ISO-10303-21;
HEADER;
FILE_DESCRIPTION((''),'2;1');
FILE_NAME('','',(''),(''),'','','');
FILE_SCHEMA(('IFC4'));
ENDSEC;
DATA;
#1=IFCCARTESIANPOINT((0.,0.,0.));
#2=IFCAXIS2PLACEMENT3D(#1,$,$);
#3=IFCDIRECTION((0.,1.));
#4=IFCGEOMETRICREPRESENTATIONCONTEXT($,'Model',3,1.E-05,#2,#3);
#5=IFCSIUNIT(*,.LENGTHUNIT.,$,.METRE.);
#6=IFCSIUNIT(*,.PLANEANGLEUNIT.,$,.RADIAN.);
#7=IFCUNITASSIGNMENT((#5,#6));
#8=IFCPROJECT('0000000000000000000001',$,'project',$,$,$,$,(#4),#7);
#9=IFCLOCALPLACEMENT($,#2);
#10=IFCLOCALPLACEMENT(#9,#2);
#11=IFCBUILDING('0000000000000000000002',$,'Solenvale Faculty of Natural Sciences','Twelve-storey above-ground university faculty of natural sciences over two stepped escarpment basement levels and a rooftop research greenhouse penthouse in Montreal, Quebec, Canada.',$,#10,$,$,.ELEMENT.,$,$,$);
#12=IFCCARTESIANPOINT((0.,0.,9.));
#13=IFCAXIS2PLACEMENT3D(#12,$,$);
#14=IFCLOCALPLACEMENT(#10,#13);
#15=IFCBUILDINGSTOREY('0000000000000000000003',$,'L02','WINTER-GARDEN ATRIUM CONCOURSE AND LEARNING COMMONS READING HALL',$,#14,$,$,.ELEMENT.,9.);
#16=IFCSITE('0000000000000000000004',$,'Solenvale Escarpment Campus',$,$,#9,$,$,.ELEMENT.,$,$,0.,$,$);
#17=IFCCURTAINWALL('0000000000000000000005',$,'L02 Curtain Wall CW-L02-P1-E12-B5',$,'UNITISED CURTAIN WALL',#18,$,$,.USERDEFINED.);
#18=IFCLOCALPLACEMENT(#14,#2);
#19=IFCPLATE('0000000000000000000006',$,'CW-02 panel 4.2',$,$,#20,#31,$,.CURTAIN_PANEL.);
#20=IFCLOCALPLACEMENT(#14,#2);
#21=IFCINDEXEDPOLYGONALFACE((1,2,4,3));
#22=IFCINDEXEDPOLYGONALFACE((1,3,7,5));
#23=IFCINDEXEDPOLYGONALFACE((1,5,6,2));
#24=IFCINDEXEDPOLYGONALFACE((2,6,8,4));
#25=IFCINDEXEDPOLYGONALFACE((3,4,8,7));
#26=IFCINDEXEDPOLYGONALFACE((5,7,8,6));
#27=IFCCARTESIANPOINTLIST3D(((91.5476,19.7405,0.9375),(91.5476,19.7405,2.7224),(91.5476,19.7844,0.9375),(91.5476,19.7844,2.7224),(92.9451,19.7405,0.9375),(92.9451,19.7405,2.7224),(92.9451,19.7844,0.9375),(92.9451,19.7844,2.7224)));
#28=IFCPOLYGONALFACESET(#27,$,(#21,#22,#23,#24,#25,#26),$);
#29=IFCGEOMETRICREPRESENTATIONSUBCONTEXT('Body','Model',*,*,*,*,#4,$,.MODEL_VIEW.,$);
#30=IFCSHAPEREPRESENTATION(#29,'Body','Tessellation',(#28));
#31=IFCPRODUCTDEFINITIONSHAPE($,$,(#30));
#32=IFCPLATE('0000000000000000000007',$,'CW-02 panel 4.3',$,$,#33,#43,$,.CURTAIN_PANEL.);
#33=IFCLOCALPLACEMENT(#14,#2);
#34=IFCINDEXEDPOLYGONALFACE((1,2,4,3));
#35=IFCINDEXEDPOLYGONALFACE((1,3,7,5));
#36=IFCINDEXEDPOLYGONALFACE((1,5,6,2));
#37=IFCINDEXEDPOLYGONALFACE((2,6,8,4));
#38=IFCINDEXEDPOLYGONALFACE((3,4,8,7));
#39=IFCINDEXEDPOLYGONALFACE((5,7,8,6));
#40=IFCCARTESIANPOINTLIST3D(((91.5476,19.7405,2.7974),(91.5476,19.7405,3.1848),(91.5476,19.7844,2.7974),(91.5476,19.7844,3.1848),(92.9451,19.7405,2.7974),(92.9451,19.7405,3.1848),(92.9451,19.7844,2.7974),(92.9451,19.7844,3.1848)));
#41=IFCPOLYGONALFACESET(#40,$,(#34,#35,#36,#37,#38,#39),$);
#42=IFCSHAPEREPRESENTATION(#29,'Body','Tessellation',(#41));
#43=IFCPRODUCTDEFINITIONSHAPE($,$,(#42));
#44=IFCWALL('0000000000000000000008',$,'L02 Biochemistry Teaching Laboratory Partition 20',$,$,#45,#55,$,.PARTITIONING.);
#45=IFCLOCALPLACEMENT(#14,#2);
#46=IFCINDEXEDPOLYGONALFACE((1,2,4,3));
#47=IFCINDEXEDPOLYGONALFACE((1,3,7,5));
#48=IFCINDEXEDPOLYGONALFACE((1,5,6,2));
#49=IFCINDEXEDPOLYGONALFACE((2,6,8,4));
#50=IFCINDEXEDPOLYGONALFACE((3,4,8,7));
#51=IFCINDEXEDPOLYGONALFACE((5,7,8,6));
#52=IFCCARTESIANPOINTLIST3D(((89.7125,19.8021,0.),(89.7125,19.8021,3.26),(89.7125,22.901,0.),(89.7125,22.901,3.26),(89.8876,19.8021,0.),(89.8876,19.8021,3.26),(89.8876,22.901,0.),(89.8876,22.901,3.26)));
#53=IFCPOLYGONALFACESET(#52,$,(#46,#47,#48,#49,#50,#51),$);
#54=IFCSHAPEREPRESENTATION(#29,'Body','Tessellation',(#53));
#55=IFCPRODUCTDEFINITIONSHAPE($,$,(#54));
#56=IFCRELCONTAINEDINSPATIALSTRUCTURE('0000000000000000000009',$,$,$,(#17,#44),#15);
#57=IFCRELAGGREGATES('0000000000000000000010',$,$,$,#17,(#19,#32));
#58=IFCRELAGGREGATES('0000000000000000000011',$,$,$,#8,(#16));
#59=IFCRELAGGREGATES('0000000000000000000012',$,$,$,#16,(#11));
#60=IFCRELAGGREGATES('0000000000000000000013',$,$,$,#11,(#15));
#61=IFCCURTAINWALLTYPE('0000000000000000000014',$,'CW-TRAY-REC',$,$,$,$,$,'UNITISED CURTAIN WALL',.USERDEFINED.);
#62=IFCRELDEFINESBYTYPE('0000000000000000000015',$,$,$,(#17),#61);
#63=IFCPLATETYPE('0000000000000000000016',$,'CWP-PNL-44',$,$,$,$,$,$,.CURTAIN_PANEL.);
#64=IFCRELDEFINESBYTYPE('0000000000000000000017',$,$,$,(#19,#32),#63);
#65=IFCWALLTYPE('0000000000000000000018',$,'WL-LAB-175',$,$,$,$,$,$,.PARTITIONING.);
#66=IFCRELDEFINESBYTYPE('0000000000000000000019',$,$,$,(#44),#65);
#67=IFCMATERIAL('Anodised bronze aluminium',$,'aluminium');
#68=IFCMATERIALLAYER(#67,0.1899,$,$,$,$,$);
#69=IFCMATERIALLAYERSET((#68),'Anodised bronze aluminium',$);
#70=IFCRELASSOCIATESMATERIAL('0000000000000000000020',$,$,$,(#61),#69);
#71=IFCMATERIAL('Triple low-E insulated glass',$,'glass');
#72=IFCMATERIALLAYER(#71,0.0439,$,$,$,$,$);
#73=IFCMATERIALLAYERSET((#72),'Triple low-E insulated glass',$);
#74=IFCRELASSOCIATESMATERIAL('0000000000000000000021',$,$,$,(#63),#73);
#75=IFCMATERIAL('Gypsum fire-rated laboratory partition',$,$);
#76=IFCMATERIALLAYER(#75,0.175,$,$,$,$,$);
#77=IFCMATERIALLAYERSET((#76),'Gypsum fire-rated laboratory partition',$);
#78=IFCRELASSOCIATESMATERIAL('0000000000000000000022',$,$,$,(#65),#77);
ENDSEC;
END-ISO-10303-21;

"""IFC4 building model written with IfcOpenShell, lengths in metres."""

from ifc_helpers import new_model, si_unit, direction, frame, frame_2d, origin, origin_2d, place, context, subcontext, project, spatial, rectangle, extrude, material, layer, layer_set, type_object, element, aggregate, save


model = new_model("IFC4")

# Units and contexts
model_context = context("Model", 3, precision=1e-05, world=origin(), true_north=direction((0.0, 1.0)))
body_context = subcontext(model_context, "Body", "Model", "MODEL_VIEW")
ifc_project = project(units=[si_unit("LENGTHUNIT", "METRE"), si_unit("PLANEANGLEUNIT", "RADIAN")], contexts=[model_context])

# Site, building, storey
site_placement = place(None, origin())
site = spatial("IfcSite", under=ifc_project, at=site_placement, Name="Solenvale Escarpment Campus", CompositionType="ELEMENT", RefElevation=0.0)
building_placement = place(site_placement, origin())
building = spatial("IfcBuilding", under=site, at=building_placement, Name="Solenvale Faculty of Natural Sciences", Description="Twelve-storey above-ground university faculty of natural sciences over two stepped escarpment basement levels and a rooftop research greenhouse penthouse in Montreal, Quebec, Canada.", CompositionType="ELEMENT")
storey_placement = place(building_placement, frame((0.0, 0.0, 9.0)))
storey = spatial("IfcBuildingStorey", under=building, at=storey_placement, Name="L02", Description="WINTER-GARDEN ATRIUM CONCOURSE AND LEARNING COMMONS READING HALL", CompositionType="ELEMENT", Elevation=9.0)

# Curtain wall
ifc_material_1 = material(Name="Anodised bronze aluminium", Category="aluminium")
ifc_layer_1 = layer(ifc_material_1, 0.1899)
ifc_layer_set_1 = layer_set([ifc_layer_1], Name="Anodised bronze aluminium")
curtain_wall_type = type_object("IfcCurtainWallType", Name="CW-TRAY-REC", ElementType="UNITISED CURTAIN WALL", PredefinedType="USERDEFINED", material=ifc_layer_set_1)
curtain_wall_1_placement = place(storey_placement, origin())
curtain_wall_1 = element("IfcCurtainWall", 1, at=curtain_wall_1_placement, inside=storey, type_object=curtain_wall_type, Name="L02 Curtain Wall CW-L02-P1-E12-B5", ObjectType="UNITISED CURTAIN WALL", PredefinedType="USERDEFINED")

# Plates
ifc_material_2 = material(Name="Triple low-E insulated glass", Category="glass")
ifc_layer_2 = layer(ifc_material_2, 0.0439)
ifc_layer_set_2 = layer_set([ifc_layer_2], Name="Triple low-E insulated glass")
plate_type = type_object("IfcPlateType", Name="CWP-PNL-44", PredefinedType="CURTAIN_PANEL", material=ifc_layer_set_2)
plate_1_placement = place(storey_placement, frame((92.2463, 19.7625, 0.9375), z_axis=(0.0, 0.0, 1.0), x_axis=(1.0, 0.0, 0.0)))
plate_1 = element("IfcPlate", 2, at=plate_1_placement, type_object=plate_type, Name="CW-02 panel 4.2", PredefinedType="CURTAIN_PANEL", context=body_context, shape_type="SweptSolid", body=[
    extrude(rectangle(XDim=1.3975, YDim=0.0439, at=origin_2d()), origin(), (0.0, 0.0, 1.0), 1.7849),
])
plate_2_placement = place(storey_placement, frame((92.2463, 19.7625, 2.7974), z_axis=(0.0, 0.0, 1.0), x_axis=(1.0, 0.0, 0.0)))
plate_2 = element("IfcPlate", 3, at=plate_2_placement, type_object=plate_type, Name="CW-02 panel 4.3", PredefinedType="CURTAIN_PANEL", context=body_context, shape_type="SweptSolid", body=[
    extrude(rectangle(XDim=1.3975, YDim=0.0439, at=origin_2d()), origin(), (0.0, 0.0, 1.0), 0.3875),
])
aggregate(curtain_wall_1, [plate_1, plate_2])

# Wall
ifc_material_3 = material(Name="Gypsum fire-rated laboratory partition")
ifc_layer_3 = layer(ifc_material_3, 0.175)
ifc_layer_set_3 = layer_set([ifc_layer_3], Name="Gypsum fire-rated laboratory partition")
wall_type_1 = type_object("IfcWallType", Name="WL-LAB-175", PredefinedType="PARTITIONING", material=ifc_layer_set_3)
wall_1_placement = place(storey_placement, frame((89.8, 22.9009, 0.0), z_axis=(0.0, 0.0, 1.0), x_axis=(0.0, -1.0, 0.0)))
element("IfcWall", 4, at=wall_1_placement, inside=storey, type_object=wall_type_1, Name="L02 Biochemistry Teaching Laboratory Partition 20", PredefinedType="PARTITIONING", context=body_context, shape_type="SweptSolid", body=[
    extrude(rectangle(XDim=3.0989, YDim=0.175, at=frame_2d((1.5493, 0.0))), origin(), (0.0, 0.0, 1.0), 3.26),
])

save(model, "model.ifc")
